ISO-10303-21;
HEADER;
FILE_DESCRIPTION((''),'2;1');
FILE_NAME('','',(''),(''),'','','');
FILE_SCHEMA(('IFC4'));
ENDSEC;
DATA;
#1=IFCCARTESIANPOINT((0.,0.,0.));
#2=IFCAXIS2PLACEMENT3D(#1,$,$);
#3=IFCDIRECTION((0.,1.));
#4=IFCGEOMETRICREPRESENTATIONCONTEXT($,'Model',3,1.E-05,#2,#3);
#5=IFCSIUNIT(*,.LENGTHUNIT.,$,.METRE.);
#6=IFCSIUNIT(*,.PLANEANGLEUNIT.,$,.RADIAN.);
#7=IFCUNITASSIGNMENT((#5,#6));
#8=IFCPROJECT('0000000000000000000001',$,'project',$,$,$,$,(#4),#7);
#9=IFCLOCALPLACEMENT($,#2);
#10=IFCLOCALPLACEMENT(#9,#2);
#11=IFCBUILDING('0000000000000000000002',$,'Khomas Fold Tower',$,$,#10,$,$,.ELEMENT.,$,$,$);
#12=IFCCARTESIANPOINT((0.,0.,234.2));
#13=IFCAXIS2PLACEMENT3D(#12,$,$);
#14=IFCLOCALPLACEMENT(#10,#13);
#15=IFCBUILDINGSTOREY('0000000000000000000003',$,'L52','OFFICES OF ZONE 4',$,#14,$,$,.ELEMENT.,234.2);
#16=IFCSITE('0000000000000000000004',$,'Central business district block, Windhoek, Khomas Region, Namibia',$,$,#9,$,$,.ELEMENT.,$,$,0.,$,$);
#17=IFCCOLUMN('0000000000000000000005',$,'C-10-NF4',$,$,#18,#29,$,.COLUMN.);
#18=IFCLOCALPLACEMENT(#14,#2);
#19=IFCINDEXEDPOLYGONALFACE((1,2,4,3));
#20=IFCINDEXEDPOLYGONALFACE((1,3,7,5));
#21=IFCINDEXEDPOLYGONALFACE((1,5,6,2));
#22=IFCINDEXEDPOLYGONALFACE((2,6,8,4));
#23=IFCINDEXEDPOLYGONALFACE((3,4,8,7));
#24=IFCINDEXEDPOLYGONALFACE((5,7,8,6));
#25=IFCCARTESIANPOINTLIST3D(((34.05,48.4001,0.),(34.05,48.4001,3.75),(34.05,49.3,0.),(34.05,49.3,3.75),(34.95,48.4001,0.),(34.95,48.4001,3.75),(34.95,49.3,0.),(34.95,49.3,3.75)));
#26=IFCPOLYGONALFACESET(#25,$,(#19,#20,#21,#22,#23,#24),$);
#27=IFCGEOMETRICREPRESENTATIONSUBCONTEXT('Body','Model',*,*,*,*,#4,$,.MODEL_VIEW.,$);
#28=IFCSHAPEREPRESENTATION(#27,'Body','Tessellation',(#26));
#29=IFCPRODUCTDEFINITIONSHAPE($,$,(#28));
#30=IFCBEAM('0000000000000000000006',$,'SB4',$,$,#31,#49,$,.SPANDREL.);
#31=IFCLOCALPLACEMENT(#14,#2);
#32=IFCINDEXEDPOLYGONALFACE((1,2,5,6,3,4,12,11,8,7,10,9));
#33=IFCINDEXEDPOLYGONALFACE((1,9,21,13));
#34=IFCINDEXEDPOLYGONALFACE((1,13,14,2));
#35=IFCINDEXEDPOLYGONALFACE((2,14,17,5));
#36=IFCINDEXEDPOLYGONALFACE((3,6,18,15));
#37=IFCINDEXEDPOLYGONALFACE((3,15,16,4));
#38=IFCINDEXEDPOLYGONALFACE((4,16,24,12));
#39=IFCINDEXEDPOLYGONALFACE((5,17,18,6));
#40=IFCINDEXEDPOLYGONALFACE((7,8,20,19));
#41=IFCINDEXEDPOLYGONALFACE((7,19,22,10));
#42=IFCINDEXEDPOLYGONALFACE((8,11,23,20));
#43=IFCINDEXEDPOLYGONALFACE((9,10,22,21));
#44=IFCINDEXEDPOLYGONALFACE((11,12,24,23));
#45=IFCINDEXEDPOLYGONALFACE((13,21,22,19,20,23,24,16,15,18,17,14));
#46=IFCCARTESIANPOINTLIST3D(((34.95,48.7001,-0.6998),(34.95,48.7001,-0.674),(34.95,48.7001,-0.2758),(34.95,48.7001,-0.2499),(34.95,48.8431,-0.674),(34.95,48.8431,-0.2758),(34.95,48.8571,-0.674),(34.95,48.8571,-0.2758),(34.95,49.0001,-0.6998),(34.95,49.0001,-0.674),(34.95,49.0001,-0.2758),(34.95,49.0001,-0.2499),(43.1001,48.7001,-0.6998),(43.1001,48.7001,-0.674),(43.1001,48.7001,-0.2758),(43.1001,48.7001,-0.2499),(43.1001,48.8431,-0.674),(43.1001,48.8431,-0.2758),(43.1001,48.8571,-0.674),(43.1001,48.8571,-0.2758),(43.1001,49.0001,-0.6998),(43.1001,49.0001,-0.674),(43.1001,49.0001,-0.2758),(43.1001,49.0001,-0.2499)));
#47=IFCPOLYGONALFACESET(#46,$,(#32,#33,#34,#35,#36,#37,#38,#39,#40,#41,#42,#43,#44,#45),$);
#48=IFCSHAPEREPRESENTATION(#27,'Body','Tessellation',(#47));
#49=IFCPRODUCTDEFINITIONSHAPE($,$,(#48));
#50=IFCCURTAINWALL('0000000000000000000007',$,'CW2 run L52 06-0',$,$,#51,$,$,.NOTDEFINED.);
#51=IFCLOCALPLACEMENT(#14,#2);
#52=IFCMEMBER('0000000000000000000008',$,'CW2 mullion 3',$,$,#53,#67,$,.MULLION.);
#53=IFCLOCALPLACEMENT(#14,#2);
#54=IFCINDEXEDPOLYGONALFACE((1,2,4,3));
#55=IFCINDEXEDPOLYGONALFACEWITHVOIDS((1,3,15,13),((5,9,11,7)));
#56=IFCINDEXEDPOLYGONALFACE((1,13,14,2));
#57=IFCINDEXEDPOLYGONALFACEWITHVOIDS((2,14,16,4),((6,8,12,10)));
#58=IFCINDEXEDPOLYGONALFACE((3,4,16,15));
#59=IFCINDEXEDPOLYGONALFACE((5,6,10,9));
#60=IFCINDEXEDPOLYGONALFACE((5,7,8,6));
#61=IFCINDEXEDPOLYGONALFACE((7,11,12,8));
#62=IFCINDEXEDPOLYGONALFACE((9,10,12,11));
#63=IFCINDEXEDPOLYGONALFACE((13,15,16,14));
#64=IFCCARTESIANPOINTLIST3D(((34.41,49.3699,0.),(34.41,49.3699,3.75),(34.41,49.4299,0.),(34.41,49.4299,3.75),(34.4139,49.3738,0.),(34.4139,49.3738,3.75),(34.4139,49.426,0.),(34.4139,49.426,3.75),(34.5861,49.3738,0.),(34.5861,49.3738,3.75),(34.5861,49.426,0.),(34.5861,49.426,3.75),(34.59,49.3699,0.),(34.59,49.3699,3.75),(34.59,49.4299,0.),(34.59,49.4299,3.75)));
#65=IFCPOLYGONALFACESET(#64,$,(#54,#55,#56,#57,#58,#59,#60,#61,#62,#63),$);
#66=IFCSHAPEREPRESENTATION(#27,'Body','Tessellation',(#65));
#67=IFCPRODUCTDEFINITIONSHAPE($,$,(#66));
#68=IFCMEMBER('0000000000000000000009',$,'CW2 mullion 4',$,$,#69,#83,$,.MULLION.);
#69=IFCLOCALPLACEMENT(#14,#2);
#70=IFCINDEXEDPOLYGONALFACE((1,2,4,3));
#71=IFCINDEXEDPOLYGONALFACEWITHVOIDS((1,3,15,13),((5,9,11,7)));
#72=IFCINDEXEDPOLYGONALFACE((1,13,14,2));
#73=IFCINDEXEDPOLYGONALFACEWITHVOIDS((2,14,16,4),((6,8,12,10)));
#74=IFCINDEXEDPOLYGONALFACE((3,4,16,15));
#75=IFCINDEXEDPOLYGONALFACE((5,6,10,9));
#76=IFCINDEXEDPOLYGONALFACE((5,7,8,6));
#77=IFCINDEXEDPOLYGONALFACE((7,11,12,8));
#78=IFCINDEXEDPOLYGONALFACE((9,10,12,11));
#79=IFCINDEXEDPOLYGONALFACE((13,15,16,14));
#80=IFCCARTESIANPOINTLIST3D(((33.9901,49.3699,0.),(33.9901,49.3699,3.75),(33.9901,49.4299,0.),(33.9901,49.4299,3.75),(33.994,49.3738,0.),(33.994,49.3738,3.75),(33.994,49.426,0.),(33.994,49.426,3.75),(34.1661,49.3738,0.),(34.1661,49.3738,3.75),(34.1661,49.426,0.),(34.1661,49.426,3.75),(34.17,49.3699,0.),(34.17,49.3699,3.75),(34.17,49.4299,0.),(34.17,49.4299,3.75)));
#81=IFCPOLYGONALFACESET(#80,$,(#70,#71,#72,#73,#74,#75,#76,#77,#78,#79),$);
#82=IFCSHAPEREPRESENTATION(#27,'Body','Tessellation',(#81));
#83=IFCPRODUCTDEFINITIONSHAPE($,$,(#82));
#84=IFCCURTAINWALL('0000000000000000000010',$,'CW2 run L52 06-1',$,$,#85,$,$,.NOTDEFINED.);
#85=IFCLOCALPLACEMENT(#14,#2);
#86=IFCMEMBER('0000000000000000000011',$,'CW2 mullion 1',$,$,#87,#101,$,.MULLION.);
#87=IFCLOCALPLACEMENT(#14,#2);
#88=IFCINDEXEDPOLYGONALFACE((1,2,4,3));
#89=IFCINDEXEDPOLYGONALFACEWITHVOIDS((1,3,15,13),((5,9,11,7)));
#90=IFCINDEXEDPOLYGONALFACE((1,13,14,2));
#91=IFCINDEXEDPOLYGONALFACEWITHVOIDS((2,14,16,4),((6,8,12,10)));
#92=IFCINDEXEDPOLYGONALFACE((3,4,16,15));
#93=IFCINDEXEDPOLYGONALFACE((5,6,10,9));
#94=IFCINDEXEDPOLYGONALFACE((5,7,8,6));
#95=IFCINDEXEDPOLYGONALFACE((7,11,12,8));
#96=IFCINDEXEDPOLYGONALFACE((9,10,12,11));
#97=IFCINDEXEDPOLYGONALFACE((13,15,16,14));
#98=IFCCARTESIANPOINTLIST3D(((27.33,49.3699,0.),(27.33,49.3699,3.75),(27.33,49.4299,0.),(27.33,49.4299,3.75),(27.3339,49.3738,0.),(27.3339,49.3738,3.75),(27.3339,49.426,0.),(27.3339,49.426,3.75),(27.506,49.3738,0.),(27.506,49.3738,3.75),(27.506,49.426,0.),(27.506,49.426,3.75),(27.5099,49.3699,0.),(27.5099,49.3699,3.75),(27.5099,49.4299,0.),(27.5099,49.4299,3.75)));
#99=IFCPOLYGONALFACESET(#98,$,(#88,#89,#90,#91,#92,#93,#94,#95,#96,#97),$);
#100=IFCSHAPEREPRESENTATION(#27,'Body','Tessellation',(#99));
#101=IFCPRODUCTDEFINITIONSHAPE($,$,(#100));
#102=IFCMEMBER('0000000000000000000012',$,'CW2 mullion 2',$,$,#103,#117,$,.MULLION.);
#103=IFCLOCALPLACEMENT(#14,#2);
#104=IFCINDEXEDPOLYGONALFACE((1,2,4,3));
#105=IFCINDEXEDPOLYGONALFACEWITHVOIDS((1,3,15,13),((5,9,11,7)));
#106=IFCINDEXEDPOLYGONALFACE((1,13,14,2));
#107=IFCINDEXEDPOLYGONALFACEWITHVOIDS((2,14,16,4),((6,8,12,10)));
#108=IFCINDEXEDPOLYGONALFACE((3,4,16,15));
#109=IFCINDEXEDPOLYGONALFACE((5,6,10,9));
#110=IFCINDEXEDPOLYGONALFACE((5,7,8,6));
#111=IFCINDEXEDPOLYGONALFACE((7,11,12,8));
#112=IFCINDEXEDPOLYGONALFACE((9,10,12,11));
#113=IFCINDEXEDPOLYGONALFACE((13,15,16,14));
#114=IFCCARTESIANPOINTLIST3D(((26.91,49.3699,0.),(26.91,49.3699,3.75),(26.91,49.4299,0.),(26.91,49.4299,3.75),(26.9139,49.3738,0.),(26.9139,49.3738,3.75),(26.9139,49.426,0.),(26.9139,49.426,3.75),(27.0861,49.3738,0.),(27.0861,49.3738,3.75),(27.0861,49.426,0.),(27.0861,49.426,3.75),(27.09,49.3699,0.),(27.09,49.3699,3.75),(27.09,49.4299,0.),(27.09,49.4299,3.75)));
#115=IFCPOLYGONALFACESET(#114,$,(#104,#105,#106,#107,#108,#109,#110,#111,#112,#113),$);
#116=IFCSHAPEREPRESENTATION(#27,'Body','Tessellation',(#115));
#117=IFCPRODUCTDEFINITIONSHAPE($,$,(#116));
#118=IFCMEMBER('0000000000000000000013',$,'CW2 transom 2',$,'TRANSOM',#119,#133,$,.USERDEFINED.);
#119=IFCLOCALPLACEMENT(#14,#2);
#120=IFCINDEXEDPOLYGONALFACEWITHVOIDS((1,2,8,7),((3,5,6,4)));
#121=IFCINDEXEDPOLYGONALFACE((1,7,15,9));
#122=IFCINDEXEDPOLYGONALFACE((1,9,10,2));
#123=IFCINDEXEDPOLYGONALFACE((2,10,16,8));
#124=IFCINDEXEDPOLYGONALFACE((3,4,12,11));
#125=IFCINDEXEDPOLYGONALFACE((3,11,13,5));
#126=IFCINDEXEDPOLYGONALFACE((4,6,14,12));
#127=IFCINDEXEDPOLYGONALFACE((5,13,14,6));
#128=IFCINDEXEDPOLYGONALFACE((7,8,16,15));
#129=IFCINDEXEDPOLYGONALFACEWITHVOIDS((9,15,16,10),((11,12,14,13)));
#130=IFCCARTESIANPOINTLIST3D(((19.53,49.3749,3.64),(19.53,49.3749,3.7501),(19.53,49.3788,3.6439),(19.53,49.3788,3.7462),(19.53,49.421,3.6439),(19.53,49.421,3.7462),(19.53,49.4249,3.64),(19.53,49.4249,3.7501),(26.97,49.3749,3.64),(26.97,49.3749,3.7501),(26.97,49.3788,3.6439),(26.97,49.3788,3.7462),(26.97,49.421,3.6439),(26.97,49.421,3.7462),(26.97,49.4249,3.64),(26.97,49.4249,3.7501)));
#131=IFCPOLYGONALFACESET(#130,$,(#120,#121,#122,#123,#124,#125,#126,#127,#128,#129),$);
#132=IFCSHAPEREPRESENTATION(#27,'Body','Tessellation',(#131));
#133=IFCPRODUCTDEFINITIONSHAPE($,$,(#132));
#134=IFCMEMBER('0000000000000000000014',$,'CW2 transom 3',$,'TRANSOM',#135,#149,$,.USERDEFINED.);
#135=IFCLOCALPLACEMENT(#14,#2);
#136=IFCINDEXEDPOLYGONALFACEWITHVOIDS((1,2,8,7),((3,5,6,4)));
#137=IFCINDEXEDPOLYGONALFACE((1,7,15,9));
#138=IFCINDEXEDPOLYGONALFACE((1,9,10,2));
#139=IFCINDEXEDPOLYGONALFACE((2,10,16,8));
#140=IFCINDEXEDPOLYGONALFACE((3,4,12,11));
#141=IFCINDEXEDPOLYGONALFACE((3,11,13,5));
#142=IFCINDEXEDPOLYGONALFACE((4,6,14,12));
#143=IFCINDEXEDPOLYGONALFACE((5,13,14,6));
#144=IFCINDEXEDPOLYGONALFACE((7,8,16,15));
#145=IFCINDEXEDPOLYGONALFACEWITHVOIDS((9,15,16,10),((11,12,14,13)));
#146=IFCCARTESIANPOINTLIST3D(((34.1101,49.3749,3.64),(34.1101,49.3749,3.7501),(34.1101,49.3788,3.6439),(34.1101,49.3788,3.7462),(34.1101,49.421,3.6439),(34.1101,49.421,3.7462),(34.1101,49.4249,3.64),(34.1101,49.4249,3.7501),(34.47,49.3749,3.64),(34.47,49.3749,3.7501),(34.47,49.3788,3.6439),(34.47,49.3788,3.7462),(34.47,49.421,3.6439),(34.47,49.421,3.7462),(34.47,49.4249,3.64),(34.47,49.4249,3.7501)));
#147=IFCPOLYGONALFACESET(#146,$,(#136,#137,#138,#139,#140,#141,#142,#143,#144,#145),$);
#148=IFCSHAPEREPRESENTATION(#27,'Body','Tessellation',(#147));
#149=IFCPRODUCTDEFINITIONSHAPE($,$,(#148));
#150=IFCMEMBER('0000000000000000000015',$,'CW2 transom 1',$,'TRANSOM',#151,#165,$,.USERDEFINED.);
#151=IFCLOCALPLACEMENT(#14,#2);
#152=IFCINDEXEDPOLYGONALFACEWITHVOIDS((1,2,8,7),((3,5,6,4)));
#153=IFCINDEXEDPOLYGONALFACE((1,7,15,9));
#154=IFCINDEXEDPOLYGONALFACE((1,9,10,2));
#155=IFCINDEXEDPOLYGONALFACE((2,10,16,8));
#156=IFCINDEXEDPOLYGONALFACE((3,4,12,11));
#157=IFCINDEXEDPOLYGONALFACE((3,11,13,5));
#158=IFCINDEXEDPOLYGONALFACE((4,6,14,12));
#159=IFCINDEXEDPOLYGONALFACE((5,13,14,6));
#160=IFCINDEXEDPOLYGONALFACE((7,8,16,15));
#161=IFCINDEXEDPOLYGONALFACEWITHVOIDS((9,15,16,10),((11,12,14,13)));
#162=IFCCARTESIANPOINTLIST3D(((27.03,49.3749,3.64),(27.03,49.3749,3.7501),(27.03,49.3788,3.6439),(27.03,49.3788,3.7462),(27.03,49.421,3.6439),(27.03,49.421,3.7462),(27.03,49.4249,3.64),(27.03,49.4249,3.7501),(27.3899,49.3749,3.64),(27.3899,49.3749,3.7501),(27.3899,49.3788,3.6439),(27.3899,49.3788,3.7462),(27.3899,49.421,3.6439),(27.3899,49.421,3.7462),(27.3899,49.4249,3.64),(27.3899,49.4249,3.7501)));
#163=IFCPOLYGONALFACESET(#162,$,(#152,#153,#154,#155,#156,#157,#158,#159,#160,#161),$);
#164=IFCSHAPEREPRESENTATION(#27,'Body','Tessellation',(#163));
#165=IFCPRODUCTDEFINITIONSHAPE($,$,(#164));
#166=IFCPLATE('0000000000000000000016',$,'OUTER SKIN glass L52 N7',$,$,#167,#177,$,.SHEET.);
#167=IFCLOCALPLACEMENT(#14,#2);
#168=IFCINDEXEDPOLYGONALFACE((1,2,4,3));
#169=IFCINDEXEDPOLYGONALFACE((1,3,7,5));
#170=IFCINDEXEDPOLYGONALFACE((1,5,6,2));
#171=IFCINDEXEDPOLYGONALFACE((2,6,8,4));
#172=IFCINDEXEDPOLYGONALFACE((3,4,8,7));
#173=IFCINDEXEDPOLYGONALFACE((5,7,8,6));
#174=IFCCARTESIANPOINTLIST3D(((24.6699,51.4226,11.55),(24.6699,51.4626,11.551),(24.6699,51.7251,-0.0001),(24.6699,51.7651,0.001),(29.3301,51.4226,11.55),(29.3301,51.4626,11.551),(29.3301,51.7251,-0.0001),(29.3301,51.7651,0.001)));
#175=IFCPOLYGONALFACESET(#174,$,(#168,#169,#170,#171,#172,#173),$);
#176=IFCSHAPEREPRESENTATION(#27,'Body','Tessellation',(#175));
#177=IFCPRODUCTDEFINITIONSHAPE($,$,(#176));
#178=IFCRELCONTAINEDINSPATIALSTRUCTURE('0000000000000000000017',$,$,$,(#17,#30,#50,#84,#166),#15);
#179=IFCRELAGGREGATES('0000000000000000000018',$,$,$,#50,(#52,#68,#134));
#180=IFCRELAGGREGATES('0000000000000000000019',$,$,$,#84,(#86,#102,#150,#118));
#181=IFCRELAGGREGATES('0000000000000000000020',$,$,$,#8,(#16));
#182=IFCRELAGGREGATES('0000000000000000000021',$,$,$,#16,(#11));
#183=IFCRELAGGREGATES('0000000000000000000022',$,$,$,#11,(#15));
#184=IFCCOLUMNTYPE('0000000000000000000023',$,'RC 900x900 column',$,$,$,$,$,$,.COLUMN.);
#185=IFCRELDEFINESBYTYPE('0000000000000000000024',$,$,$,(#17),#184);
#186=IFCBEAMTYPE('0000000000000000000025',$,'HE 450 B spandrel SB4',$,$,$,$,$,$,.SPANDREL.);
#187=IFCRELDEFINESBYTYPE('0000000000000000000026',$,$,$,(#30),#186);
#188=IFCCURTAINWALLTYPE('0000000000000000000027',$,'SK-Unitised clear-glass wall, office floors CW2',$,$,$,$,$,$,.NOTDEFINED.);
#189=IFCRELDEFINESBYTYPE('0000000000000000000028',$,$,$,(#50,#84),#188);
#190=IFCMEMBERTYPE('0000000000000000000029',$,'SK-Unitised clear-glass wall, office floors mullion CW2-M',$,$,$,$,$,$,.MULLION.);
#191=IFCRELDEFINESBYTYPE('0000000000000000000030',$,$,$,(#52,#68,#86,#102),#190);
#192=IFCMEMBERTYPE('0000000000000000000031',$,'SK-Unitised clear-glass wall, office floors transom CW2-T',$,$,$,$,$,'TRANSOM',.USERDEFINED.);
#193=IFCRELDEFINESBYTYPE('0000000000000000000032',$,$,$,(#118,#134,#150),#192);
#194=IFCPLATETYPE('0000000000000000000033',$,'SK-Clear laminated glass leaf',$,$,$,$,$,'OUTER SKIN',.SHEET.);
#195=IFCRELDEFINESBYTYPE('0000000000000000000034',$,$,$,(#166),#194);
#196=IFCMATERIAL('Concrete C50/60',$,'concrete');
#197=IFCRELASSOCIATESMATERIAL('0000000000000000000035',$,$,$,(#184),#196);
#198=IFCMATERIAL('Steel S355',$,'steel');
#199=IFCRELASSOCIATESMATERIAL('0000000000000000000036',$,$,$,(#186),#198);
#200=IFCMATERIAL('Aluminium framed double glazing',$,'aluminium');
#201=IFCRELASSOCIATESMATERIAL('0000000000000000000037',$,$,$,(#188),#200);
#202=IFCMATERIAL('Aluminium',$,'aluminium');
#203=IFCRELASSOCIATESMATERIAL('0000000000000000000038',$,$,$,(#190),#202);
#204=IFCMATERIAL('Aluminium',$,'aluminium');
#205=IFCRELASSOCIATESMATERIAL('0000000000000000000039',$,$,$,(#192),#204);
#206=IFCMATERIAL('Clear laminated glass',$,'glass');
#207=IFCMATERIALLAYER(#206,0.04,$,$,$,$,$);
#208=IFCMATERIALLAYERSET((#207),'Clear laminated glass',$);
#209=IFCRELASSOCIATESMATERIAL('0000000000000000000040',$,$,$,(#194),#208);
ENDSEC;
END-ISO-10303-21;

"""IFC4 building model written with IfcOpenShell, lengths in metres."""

from ifc_helpers import new_model, si_unit, direction, frame, origin, origin_2d, place, context, subcontext, project, spatial, polyline, rectangle, hollow_rectangle, i_section, outline, extrude, source, transform, mapped, material, layer, layer_set, material_profile, profile_set, type_object, element, aggregate, save


model = new_model("IFC4")

# Units and contexts
model_context = context("Model", 3, precision=1e-05, world=origin(), true_north=direction((0.0, 1.0)))
body_context = subcontext(model_context, "Body", "Model", "MODEL_VIEW")
ifc_project = project(units=[si_unit("LENGTHUNIT", "METRE"), si_unit("PLANEANGLEUNIT", "RADIAN")], contexts=[model_context])

# Site, building, storey
site_placement = place(None, origin())
site = spatial("IfcSite", under=ifc_project, at=site_placement, Name="Central business district block, Windhoek, Khomas Region, Namibia", CompositionType="ELEMENT", RefElevation=0.0)
building_placement = place(site_placement, origin())
building = spatial("IfcBuilding", under=site, at=building_placement, Name="Khomas Fold Tower", CompositionType="ELEMENT")
storey_placement = place(building_placement, frame((0.0, 0.0, 234.2)))
storey = spatial("IfcBuildingStorey", under=building, at=storey_placement, Name="L52", Description="OFFICES OF ZONE 4", CompositionType="ELEMENT", Elevation=234.2)

# Column
ifc_material_1 = material(Name="Concrete C50/60", Category="concrete")
ifc_material_profile_1 = material_profile(ifc_material_1, rectangle(XDim=0.8999, YDim=0.8999, at=origin_2d()), Name="RC 900x900")
ifc_profile_set_1 = profile_set([ifc_material_profile_1], Name="Concrete C50/60")
column_type = type_object("IfcColumnType", Name="RC 900x900 column", PredefinedType="COLUMN", material=ifc_profile_set_1)
shared_shape_1 = source(origin(), body_context, "Body", "SweptSolid", [
    extrude(rectangle(XDim=0.8999, YDim=0.8999, at=origin_2d()), origin(), (0.0, 0.0, 1.0), 3.75),
])
column_placement = place(storey_placement, frame((34.5, 48.8501, 0.0), z_axis=(0.0, 0.0, 1.0), x_axis=(1.0, 0.0, 0.0)))
element("IfcColumn", 1, at=column_placement, inside=storey, type_object=column_type, Name="C-10-NF4", PredefinedType="COLUMN", context=body_context, shape_type="MappedRepresentation", body=[
    mapped(shared_shape_1, transform((0.0, 0.0, 0.0))),
])

# Beam
ifc_material_2 = material(Name="Steel S355", Category="steel")
ifc_material_profile_2 = material_profile(ifc_material_2, i_section(OverallWidth=0.3, OverallDepth=0.45, WebThickness=0.0139, FlangeThickness=0.0259, at=origin_2d()), Name="HE 450 B")
ifc_profile_set_2 = profile_set([ifc_material_profile_2], Name="Steel S355")
beam_type = type_object("IfcBeamType", Name="HE 450 B spandrel SB4", PredefinedType="SPANDREL", material=ifc_profile_set_2)
shared_shape_2 = source(origin(), body_context, "Body", "SweptSolid", [
    extrude(i_section(OverallWidth=0.3, OverallDepth=0.45, WebThickness=0.0139, FlangeThickness=0.0259, at=origin_2d()), origin(), (0.0, 0.0, 1.0), 8.1501),
])
beam_placement = place(storey_placement, frame((34.95, 48.8501, -0.4749), z_axis=(1.0, 0.0, 0.0), x_axis=(0.0, 1.0, 0.0)))
element("IfcBeam", 2, at=beam_placement, inside=storey, type_object=beam_type, Name="SB4", PredefinedType="SPANDREL", context=body_context, shape_type="MappedRepresentation", body=[
    mapped(shared_shape_2, transform((0.0, 0.0, 0.0))),
])

# Curtain walls, members
ifc_material_3 = material(Name="Aluminium framed double glazing", Category="aluminium")
curtain_wall_type = type_object("IfcCurtainWallType", Name="SK-Unitised clear-glass wall, office floors CW2", PredefinedType="NOTDEFINED", material=ifc_material_3)
curtain_wall_1_placement = place(storey_placement, origin())
curtain_wall_1 = element("IfcCurtainWall", 3, at=curtain_wall_1_placement, inside=storey, type_object=curtain_wall_type, Name="CW2 run L52 06-0", PredefinedType="NOTDEFINED")
ifc_material_4 = material(Name="Aluminium", Category="aluminium")
ifc_material_profile_3 = material_profile(ifc_material_4, hollow_rectangle(XDim=0.0601, YDim=0.1799, WallThickness=0.0039, at=origin_2d()), Name="SK-Unitised clear-glass wall, office floors mullion CW2-M")
ifc_profile_set_3 = profile_set([ifc_material_profile_3], Name="Aluminium")
member_type_1 = type_object("IfcMemberType", Name="SK-Unitised clear-glass wall, office floors mullion CW2-M", PredefinedType="MULLION", material=ifc_profile_set_3)
shared_shape_3 = source(origin(), body_context, "Body", "SweptSolid", [
    extrude(hollow_rectangle(XDim=0.0601, YDim=0.1799, WallThickness=0.0039, at=origin_2d()), origin(), (0.0, 0.0, 1.0), 3.75),
])
member_1_placement = place(storey_placement, frame((34.5, 49.3999, 0.0), z_axis=(0.0, 0.0, 1.0), x_axis=(0.0, -1.0, 0.0)))
member_1 = element("IfcMember", 4, at=member_1_placement, type_object=member_type_1, Name="CW2 mullion 3", PredefinedType="MULLION", context=body_context, shape_type="MappedRepresentation", body=[
    mapped(shared_shape_3, transform((0.0, 0.0, 0.0))),
])
member_2_placement = place(storey_placement, frame((34.0801, 49.3999, 0.0), z_axis=(0.0, 0.0, 1.0), x_axis=(0.0, -1.0, 0.0)))
member_2 = element("IfcMember", 5, at=member_2_placement, type_object=member_type_1, Name="CW2 mullion 4", PredefinedType="MULLION", context=body_context, shape_type="MappedRepresentation", body=[
    mapped(shared_shape_3, transform((0.0, 0.0, 0.0))),
])
curtain_wall_2_placement = place(storey_placement, origin())
curtain_wall_2 = element("IfcCurtainWall", 6, at=curtain_wall_2_placement, inside=storey, type_object=curtain_wall_type, Name="CW2 run L52 06-1", PredefinedType="NOTDEFINED")
member_3_placement = place(storey_placement, frame((27.4199, 49.3999, 0.0), z_axis=(0.0, 0.0, 1.0), x_axis=(0.0, -1.0, 0.0)))
member_3 = element("IfcMember", 7, at=member_3_placement, type_object=member_type_1, Name="CW2 mullion 1", PredefinedType="MULLION", context=body_context, shape_type="MappedRepresentation", body=[
    mapped(shared_shape_3, transform((0.0, 0.0, 0.0))),
])
member_4_placement = place(storey_placement, frame((27.0, 49.3999, 0.0), z_axis=(0.0, 0.0, 1.0), x_axis=(0.0, -1.0, 0.0)))
member_4 = element("IfcMember", 8, at=member_4_placement, type_object=member_type_1, Name="CW2 mullion 2", PredefinedType="MULLION", context=body_context, shape_type="MappedRepresentation", body=[
    mapped(shared_shape_3, transform((0.0, 0.0, 0.0))),
])
ifc_material_5 = material(Name="Aluminium", Category="aluminium")
ifc_material_profile_4 = material_profile(ifc_material_5, hollow_rectangle(XDim=0.05, YDim=0.1101, WallThickness=0.0039, at=origin_2d()), Name="SK-Unitised clear-glass wall, office floors transom CW2-T")
ifc_profile_set_4 = profile_set([ifc_material_profile_4], Name="Aluminium")
member_type_2 = type_object("IfcMemberType", Name="SK-Unitised clear-glass wall, office floors transom CW2-T", ElementType="TRANSOM", PredefinedType="USERDEFINED", material=ifc_profile_set_4)
shared_shape_4 = source(origin(), body_context, "Body", "SweptSolid", [
    extrude(hollow_rectangle(XDim=0.05, YDim=0.1101, WallThickness=0.0039, at=origin_2d()), origin(), (0.0, 0.0, 1.0), 7.4399),
])
member_5_placement = place(storey_placement, frame((26.97, 49.3999, 3.6951), z_axis=(-1.0, 0.0, 0.0), x_axis=(0.0, -1.0, 0.0)))
member_5 = element("IfcMember", 9, at=member_5_placement, type_object=member_type_2, Name="CW2 transom 2", ObjectType="TRANSOM", PredefinedType="USERDEFINED", context=body_context, shape_type="MappedRepresentation", body=[
    mapped(shared_shape_4, transform((0.0, 0.0, 0.0))),
])

# Members
shared_shape_5 = source(origin(), body_context, "Body", "SweptSolid", [
    extrude(hollow_rectangle(XDim=0.05, YDim=0.1101, WallThickness=0.0039, at=origin_2d()), origin(), (0.0, 0.0, 1.0), 0.3599),
])
member_6_placement = place(storey_placement, frame((34.47, 49.3999, 3.6951), z_axis=(-1.0, 0.0, 0.0), x_axis=(0.0, -1.0, 0.0)))
member_6 = element("IfcMember", 10, at=member_6_placement, type_object=member_type_2, Name="CW2 transom 3", ObjectType="TRANSOM", PredefinedType="USERDEFINED", context=body_context, shape_type="MappedRepresentation", body=[
    mapped(shared_shape_5, transform((0.0, 0.0, 0.0))),
])
member_7_placement = place(storey_placement, frame((27.3899, 49.3999, 3.6951), z_axis=(-1.0, 0.0, 0.0), x_axis=(0.0, -1.0, 0.0)))
member_7 = element("IfcMember", 11, at=member_7_placement, type_object=member_type_2, Name="CW2 transom 1", ObjectType="TRANSOM", PredefinedType="USERDEFINED", context=body_context, shape_type="MappedRepresentation", body=[
    mapped(shared_shape_5, transform((0.0, 0.0, 0.0))),
])

# Plate
ifc_material_6 = material(Name="Clear laminated glass", Category="glass")
ifc_layer_1 = layer(ifc_material_6, 0.04)
ifc_layer_set_1 = layer_set([ifc_layer_1], Name="Clear laminated glass")
plate_type_1 = type_object("IfcPlateType", Name="SK-Clear laminated glass leaf", ElementType="OUTER SKIN", PredefinedType="SHEET", material=ifc_layer_set_1)
for number, where, z_axis, x_axis, name in (
    (12, (24.6699, 51.7651, 0.001), (0.0, 0.999657, 0.026181), (1.0, 0.0, 0.0), "OUTER SKIN glass L52 N7"),
):
    element("IfcPlate", number, at=place(storey_placement, frame(where, z_axis=z_axis, x_axis=x_axis)), inside=storey, type_object=plate_type_1, Name=name, PredefinedType="SHEET", context=body_context, shape_type="SweptSolid", body=[
        extrude(outline(polyline([(0.0, 0.0), (4.6602, 0.0), (4.6602, -11.554), (0.0, -11.554), (0.0, 0.0)])), origin(), (0.0, 0.0, -1.0), 0.04),
    ])

aggregate(curtain_wall_1, [member_1, member_2, member_6])
aggregate(curtain_wall_2, [member_3, member_4, member_7, member_5])

save(model, "model.ifc")
